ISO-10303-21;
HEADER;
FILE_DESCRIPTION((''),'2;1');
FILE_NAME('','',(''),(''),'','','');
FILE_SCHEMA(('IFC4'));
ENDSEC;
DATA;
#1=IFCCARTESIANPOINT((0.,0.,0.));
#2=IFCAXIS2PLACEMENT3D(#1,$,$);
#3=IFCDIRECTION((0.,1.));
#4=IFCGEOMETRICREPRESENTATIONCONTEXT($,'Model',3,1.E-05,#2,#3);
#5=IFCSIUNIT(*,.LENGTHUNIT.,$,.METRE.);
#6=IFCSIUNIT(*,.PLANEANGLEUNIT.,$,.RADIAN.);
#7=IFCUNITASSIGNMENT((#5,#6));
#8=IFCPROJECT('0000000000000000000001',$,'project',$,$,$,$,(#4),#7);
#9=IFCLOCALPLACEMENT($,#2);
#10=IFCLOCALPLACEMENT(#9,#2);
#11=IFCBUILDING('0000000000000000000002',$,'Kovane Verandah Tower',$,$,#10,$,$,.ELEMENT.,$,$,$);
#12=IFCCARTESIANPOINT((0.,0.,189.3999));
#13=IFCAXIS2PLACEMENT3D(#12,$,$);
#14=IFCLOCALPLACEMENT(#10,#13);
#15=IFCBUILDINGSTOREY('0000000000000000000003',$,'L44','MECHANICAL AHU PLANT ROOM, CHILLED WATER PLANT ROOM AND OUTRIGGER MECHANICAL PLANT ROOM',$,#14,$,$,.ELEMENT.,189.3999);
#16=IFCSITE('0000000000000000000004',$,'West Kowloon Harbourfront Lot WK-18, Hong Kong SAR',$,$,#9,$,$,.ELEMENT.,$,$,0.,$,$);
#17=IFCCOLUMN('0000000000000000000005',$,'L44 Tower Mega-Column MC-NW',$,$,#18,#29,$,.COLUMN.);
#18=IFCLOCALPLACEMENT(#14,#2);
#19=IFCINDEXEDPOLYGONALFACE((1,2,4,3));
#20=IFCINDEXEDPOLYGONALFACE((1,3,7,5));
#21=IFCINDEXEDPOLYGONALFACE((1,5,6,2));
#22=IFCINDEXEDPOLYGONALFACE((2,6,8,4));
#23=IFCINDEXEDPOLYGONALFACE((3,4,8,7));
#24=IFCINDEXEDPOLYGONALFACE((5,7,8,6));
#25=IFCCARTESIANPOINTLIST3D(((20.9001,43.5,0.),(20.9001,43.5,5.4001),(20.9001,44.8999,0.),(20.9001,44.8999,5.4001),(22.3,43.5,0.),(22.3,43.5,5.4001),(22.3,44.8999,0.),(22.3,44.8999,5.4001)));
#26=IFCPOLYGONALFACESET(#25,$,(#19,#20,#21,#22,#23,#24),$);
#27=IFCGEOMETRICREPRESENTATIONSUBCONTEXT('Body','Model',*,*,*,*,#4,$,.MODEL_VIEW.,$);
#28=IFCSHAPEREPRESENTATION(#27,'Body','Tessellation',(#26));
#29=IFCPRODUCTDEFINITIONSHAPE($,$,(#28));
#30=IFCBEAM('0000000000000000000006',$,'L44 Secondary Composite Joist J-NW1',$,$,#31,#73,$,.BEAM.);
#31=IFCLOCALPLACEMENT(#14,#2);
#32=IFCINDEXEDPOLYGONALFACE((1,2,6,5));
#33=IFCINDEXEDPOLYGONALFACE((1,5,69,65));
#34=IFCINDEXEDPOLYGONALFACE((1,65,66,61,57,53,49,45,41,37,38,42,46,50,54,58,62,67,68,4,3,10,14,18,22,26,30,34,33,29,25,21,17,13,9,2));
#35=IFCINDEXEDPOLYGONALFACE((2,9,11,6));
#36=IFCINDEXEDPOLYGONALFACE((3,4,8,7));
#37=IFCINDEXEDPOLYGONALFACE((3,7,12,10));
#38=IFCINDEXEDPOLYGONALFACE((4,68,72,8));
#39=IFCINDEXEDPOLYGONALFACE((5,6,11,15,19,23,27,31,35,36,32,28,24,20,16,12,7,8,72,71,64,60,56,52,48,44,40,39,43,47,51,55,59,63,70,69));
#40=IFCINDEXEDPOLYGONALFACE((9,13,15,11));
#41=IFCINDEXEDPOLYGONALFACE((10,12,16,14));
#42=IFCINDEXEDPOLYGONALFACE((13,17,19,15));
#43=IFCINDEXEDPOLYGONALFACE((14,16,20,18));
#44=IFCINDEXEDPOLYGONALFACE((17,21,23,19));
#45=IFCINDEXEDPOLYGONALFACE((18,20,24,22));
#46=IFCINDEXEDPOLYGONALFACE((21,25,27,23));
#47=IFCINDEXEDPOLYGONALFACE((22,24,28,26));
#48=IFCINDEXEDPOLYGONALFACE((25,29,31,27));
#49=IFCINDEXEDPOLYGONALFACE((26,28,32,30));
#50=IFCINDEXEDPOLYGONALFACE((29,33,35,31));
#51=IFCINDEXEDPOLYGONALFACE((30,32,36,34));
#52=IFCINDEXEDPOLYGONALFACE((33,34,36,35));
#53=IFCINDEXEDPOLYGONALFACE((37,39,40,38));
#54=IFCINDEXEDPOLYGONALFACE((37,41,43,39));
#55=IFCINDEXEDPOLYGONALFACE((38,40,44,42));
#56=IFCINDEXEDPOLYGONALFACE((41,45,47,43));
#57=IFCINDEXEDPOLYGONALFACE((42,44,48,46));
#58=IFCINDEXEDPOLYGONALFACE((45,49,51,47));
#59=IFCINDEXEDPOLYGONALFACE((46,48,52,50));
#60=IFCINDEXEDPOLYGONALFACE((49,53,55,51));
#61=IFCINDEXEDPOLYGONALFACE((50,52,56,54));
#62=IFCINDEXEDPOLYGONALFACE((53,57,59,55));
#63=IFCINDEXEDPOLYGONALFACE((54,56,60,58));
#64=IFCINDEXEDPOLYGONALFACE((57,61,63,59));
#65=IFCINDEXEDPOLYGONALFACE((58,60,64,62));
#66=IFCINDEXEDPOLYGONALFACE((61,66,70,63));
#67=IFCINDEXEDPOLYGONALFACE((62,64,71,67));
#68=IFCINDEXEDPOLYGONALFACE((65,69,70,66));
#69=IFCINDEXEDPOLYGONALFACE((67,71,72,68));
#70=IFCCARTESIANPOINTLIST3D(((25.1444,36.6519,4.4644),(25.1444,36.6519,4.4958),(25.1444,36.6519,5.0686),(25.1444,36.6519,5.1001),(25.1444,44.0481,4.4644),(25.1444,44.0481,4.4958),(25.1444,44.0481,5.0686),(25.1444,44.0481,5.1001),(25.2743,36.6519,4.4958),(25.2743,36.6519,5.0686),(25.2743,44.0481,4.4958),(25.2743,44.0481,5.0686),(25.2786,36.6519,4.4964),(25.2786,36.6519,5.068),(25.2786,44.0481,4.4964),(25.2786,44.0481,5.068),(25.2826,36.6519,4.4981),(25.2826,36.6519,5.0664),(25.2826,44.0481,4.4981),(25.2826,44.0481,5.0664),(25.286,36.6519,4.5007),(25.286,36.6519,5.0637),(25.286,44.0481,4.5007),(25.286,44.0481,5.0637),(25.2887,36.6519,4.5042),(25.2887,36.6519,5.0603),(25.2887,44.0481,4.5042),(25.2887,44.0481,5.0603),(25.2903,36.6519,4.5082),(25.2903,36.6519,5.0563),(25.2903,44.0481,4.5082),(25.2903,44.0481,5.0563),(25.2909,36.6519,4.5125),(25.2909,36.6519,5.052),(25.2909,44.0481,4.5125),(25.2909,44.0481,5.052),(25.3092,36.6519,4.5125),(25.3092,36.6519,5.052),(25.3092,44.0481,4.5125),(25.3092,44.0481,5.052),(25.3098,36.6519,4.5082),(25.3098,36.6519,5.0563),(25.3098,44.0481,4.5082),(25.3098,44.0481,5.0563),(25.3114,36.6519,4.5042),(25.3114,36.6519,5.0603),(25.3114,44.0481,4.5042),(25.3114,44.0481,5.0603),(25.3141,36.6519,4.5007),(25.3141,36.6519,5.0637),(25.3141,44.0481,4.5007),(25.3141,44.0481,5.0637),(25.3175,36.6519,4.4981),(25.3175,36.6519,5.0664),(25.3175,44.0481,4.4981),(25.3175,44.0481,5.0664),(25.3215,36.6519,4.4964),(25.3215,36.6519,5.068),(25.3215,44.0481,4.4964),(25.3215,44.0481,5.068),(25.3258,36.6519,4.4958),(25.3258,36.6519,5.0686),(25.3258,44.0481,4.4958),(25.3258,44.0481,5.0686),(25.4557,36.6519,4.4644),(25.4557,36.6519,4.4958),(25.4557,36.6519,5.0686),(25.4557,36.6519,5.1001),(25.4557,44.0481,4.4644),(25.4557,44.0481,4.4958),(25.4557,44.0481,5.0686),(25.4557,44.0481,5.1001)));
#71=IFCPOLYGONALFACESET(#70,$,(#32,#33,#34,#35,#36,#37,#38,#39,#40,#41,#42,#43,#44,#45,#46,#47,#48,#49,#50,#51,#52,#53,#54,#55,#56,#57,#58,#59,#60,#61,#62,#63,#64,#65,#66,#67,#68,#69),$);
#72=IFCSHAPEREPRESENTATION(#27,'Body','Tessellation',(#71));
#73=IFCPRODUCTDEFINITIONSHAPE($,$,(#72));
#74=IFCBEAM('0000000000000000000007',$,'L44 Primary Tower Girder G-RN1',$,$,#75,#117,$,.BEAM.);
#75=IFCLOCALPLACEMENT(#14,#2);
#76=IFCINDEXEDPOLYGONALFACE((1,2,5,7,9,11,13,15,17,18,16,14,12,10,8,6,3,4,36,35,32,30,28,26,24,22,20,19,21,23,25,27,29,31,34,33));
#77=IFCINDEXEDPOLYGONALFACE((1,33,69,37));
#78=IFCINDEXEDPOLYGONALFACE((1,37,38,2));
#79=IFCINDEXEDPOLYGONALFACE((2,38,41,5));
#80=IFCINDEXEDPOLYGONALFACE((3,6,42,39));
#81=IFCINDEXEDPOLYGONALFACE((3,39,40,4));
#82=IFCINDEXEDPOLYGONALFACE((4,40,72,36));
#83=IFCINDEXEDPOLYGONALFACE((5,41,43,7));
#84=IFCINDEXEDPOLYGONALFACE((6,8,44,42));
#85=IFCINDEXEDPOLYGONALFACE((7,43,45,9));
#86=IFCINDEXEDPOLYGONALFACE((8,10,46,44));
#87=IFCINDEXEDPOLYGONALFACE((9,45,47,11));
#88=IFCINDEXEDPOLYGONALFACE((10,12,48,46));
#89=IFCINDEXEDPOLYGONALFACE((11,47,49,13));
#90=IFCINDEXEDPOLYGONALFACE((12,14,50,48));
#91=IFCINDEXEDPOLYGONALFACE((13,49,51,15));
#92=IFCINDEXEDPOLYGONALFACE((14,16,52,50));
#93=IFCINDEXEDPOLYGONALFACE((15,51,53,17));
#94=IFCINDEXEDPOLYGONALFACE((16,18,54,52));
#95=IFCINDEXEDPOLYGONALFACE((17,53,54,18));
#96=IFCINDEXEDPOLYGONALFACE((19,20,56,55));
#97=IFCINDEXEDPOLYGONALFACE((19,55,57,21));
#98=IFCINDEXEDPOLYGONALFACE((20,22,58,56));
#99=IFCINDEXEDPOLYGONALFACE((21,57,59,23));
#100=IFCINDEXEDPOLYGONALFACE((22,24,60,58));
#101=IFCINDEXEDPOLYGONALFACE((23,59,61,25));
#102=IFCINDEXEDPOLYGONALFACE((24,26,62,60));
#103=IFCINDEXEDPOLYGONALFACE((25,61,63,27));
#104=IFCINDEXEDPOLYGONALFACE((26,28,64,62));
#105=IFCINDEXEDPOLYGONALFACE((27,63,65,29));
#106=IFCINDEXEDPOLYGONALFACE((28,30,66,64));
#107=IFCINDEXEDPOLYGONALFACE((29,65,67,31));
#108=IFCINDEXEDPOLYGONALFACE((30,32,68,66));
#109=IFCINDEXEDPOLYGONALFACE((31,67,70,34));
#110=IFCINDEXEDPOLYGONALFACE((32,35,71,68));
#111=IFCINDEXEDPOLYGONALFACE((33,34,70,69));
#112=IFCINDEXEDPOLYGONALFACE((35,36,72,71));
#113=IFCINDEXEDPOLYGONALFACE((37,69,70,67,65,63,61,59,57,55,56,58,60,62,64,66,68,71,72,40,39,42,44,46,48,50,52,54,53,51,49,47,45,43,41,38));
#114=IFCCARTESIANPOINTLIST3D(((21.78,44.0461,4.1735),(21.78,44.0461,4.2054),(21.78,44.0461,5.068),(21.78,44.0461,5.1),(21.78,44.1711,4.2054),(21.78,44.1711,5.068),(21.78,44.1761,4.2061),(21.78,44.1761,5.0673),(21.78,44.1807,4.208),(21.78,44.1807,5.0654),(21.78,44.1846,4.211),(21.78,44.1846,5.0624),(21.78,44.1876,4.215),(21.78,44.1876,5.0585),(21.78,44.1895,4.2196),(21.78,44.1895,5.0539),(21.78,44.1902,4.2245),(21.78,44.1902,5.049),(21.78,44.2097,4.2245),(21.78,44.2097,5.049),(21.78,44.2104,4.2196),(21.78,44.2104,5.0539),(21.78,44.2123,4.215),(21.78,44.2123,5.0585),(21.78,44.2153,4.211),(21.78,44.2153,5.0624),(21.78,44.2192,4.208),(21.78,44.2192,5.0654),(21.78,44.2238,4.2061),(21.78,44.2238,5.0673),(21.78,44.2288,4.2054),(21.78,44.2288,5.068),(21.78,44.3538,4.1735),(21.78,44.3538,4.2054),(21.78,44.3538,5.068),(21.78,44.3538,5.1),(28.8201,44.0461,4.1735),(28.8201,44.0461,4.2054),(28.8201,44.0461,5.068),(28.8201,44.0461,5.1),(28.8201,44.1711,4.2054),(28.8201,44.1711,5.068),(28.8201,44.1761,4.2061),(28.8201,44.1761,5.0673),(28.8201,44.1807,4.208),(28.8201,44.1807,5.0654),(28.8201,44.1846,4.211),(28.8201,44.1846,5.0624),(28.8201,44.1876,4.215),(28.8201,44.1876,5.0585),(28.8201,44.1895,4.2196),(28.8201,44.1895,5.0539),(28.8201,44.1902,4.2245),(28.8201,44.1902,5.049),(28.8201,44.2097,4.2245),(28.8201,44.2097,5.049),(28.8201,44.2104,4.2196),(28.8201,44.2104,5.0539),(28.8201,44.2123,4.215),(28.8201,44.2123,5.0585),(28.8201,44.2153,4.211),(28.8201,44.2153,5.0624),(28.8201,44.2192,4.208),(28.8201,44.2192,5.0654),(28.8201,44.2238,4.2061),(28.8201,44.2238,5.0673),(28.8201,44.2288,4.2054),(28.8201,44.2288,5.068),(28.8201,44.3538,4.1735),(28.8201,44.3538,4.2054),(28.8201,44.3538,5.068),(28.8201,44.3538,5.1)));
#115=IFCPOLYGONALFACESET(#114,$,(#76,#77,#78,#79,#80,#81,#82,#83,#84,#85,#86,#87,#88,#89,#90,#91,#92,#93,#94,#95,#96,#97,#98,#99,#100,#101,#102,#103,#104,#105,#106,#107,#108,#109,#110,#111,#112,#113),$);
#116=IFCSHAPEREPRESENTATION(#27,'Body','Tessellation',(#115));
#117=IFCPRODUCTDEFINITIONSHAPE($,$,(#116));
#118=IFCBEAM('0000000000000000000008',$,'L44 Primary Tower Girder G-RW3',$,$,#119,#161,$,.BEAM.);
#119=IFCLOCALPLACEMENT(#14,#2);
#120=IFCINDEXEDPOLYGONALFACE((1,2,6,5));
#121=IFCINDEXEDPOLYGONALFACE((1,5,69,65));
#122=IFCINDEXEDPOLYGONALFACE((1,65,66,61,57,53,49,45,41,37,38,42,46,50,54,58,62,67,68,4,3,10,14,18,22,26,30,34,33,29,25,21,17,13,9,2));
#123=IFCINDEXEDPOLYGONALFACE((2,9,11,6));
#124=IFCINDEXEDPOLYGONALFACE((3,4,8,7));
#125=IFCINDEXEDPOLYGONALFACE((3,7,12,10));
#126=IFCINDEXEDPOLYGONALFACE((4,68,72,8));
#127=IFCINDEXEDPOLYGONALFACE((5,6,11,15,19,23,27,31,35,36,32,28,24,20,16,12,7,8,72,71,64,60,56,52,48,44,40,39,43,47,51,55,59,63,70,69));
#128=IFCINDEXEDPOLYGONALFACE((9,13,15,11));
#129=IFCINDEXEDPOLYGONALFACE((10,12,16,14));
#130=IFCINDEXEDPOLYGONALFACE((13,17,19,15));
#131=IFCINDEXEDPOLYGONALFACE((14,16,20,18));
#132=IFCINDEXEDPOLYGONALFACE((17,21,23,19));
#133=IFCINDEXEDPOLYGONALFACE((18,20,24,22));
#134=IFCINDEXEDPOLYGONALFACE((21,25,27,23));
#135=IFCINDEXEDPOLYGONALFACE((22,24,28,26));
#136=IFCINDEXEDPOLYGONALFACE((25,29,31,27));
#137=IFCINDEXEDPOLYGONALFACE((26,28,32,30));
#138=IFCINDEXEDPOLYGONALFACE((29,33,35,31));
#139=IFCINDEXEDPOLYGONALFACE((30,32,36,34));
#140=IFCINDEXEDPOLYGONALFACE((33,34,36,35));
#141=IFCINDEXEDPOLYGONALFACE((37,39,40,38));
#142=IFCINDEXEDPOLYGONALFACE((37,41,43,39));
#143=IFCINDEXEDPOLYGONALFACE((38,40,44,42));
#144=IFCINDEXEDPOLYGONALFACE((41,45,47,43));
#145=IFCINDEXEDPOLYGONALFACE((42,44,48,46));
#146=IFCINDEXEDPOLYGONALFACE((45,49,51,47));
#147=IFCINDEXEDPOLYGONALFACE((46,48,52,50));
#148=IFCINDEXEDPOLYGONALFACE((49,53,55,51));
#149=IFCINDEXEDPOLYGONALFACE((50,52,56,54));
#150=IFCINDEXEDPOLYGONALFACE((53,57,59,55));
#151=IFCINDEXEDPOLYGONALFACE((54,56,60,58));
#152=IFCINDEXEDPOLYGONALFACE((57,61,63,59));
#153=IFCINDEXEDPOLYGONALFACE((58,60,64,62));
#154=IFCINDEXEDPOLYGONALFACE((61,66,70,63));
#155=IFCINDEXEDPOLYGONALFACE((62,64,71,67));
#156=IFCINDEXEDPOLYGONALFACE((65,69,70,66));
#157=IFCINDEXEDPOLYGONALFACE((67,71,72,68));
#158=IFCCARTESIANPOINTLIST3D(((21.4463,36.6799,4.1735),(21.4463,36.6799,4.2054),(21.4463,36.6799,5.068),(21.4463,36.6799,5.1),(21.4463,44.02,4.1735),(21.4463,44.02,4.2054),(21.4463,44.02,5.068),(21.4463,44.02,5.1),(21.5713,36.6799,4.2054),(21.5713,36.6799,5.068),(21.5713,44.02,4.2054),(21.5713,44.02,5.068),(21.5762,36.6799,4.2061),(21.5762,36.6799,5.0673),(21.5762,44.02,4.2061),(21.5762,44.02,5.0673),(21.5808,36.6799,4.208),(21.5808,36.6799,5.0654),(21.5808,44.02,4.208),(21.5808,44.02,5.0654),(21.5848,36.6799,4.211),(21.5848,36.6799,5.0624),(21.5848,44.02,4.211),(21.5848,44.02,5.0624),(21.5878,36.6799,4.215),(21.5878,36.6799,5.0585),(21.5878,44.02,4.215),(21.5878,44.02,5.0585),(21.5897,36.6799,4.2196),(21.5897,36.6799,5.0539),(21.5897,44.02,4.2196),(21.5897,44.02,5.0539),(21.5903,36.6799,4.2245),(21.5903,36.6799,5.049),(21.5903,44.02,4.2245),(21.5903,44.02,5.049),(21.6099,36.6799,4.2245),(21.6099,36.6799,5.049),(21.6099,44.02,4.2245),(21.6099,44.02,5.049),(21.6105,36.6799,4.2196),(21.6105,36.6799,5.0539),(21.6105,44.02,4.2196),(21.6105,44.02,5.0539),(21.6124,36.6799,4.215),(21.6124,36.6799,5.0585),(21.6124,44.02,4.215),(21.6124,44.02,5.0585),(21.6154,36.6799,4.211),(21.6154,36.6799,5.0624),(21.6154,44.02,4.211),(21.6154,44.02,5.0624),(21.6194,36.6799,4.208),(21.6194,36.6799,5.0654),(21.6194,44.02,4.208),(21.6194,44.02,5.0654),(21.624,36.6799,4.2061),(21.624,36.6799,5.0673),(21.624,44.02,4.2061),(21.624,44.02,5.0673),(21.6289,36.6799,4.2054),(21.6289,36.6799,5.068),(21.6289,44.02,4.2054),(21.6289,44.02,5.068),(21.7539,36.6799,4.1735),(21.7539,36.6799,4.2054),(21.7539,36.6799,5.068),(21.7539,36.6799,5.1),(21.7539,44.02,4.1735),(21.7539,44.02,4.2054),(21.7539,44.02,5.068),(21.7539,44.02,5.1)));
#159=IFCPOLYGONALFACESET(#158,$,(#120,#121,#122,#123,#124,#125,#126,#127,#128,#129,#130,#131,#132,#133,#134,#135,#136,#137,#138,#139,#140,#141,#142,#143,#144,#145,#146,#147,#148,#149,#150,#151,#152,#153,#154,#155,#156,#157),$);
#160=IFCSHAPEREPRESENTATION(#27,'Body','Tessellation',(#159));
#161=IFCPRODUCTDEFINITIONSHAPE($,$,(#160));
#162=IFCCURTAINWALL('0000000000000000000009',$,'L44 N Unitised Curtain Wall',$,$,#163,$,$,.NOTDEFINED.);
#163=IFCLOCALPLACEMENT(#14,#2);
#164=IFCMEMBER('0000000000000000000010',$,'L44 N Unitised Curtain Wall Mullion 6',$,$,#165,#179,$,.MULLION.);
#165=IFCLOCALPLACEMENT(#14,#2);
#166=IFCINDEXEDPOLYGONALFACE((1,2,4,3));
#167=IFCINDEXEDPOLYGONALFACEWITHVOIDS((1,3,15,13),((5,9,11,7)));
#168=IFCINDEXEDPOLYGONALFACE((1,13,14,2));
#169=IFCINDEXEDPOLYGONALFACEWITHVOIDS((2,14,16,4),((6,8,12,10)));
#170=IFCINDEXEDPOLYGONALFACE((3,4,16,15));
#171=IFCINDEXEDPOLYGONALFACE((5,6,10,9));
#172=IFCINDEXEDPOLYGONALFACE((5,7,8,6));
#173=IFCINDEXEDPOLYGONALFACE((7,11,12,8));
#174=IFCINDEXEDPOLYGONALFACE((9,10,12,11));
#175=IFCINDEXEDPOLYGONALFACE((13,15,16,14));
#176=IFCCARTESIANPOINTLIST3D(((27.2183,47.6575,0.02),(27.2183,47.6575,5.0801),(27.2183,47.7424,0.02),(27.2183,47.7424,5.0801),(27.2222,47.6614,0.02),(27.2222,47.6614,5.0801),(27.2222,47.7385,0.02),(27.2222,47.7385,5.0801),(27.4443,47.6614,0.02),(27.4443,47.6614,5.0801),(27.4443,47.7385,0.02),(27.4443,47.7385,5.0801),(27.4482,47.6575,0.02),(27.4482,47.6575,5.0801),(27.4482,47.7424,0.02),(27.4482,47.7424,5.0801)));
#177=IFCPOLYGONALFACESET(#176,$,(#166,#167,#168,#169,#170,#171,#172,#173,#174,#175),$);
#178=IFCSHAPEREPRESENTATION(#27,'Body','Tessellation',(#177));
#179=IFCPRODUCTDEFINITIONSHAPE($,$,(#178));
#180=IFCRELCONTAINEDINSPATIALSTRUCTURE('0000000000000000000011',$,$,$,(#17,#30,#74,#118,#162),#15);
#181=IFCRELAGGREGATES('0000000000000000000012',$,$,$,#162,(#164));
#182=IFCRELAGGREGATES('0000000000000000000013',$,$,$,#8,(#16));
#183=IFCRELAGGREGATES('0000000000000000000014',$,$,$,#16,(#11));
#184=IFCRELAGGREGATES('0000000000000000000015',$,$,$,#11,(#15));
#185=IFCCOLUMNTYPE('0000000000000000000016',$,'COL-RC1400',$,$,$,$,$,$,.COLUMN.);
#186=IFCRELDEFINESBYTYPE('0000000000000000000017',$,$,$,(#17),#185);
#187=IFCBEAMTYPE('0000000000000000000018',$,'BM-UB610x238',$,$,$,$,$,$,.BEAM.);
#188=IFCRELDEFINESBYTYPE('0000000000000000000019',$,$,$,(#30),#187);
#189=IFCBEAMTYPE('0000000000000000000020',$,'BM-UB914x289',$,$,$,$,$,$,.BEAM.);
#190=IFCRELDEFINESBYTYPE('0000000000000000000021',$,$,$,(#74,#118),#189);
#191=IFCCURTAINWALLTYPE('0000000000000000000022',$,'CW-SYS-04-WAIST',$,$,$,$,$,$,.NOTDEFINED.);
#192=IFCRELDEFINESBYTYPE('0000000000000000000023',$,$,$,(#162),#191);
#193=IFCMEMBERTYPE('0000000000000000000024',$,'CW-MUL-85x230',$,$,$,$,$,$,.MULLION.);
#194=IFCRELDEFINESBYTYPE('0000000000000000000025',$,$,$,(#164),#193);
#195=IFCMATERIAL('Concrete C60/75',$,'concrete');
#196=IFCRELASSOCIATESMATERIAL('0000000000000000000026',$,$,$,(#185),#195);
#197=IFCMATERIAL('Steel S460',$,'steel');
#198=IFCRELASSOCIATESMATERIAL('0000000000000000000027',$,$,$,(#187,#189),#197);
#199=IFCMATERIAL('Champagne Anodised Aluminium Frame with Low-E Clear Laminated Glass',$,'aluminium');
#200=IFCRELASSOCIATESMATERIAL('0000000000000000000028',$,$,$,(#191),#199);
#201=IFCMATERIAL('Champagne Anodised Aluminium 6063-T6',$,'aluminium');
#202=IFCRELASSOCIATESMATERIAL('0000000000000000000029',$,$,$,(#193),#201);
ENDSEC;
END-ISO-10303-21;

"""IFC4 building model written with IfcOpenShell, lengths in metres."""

from ifc_helpers import new_model, si_unit, direction, frame, origin, origin_2d, place, context, subcontext, project, spatial, rectangle, hollow_rectangle, i_section, extrude, material, material_profile, profile_set, type_object, element, aggregate, save


model = new_model("IFC4")

# Units and contexts
model_context = context("Model", 3, precision=1e-05, world=origin(), true_north=direction((0.0, 1.0)))
body_context = subcontext(model_context, "Body", "Model", "MODEL_VIEW")
ifc_project = project(units=[si_unit("LENGTHUNIT", "METRE"), si_unit("PLANEANGLEUNIT", "RADIAN")], contexts=[model_context])

# Site, building, storey
site_placement = place(None, origin())
site = spatial("IfcSite", under=ifc_project, at=site_placement, Name="West Kowloon Harbourfront Lot WK-18, Hong Kong SAR", CompositionType="ELEMENT", RefElevation=0.0)
building_placement = place(site_placement, origin())
building = spatial("IfcBuilding", under=site, at=building_placement, Name="Kovane Verandah Tower", CompositionType="ELEMENT")
storey_placement = place(building_placement, frame((0.0, 0.0, 189.3999)))
storey = spatial("IfcBuildingStorey", under=building, at=storey_placement, Name="L44", Description="MECHANICAL AHU PLANT ROOM, CHILLED WATER PLANT ROOM AND OUTRIGGER MECHANICAL PLANT ROOM", CompositionType="ELEMENT", Elevation=189.3999)

# Column
ifc_material_1 = material(Name="Concrete C60/75", Category="concrete")
ifc_material_profile_1 = material_profile(ifc_material_1, rectangle(XDim=1.3999, YDim=1.3999, at=origin_2d()), Name="RC1400x1400")
ifc_profile_set_1 = profile_set([ifc_material_profile_1], Name="Concrete C60/75")
column_type = type_object("IfcColumnType", Name="COL-RC1400", PredefinedType="COLUMN", material=ifc_profile_set_1)
column_placement = place(storey_placement, frame((21.6001, 44.2, 0.0), z_axis=(0.0, 0.0, 1.0), x_axis=(1.0, 0.0, 0.0)))
element("IfcColumn", 1, at=column_placement, inside=storey, type_object=column_type, Name="L44 Tower Mega-Column MC-NW", PredefinedType="COLUMN", context=body_context, shape_type="SweptSolid", body=[
    extrude(rectangle(XDim=1.3999, YDim=1.3999, at=origin_2d()), origin(), (0.0, 0.0, 1.0), 5.4001),
])

# Beams
ifc_material_2 = material(Name="Steel S460", Category="steel")
ifc_material_profile_2 = material_profile(ifc_material_2, i_section(OverallWidth=0.3113, OverallDepth=0.6357, WebThickness=0.0183, FlangeThickness=0.0315, FilletRadius=0.0166, at=origin_2d()), Name="UB610x305x238")
ifc_profile_set_2 = profile_set([ifc_material_profile_2], Name="Steel S460")
beam_type_1 = type_object("IfcBeamType", Name="BM-UB610x238", PredefinedType="BEAM", material=ifc_profile_set_2)
beam_1_placement = place(storey_placement, frame((25.3, 36.6519, 4.7822), z_axis=(0.0, 1.0, 0.0), x_axis=(-1.0, 0.0, 0.0)))
element("IfcBeam", 2, at=beam_1_placement, inside=storey, type_object=beam_type_1, Name="L44 Secondary Composite Joist J-NW1", PredefinedType="BEAM", context=body_context, shape_type="SweptSolid", body=[
    extrude(i_section(OverallWidth=0.3113, OverallDepth=0.6357, WebThickness=0.0183, FlangeThickness=0.0315, FilletRadius=0.0166, at=origin_2d()), origin(), (0.0, 0.0, 1.0), 7.3962),
])
ifc_material_profile_3 = material_profile(ifc_material_2, i_section(OverallWidth=0.3076, OverallDepth=0.9265, WebThickness=0.0195, FlangeThickness=0.032, FilletRadius=0.019, at=origin_2d()), Name="UB914x305x289")
ifc_profile_set_3 = profile_set([ifc_material_profile_3], Name="Steel S460")
beam_type_2 = type_object("IfcBeamType", Name="BM-UB914x289", PredefinedType="BEAM", material=ifc_profile_set_3)
beam_2_placement = place(storey_placement, frame((21.78, 44.2, 4.6367), z_axis=(1.0, 0.0, 0.0), x_axis=(0.0, 1.0, 0.0)))
element("IfcBeam", 3, at=beam_2_placement, inside=storey, type_object=beam_type_2, Name="L44 Primary Tower Girder G-RN1", PredefinedType="BEAM", context=body_context, shape_type="SweptSolid", body=[
    extrude(i_section(OverallWidth=0.3076, OverallDepth=0.9265, WebThickness=0.0195, FlangeThickness=0.032, FilletRadius=0.019, at=origin_2d()), origin(), (0.0, 0.0, 1.0), 7.04),
])
beam_3_placement = place(storey_placement, frame((21.6001, 36.6799, 4.6367), z_axis=(0.0, 1.0, 0.0), x_axis=(-1.0, 0.0, 0.0)))
element("IfcBeam", 4, at=beam_3_placement, inside=storey, type_object=beam_type_2, Name="L44 Primary Tower Girder G-RW3", PredefinedType="BEAM", context=body_context, shape_type="SweptSolid", body=[
    extrude(i_section(OverallWidth=0.3076, OverallDepth=0.9265, WebThickness=0.0195, FlangeThickness=0.032, FilletRadius=0.019, at=origin_2d()), origin(), (0.0, 0.0, 1.0), 7.3401),
])

# Curtain wall, member
ifc_material_3 = material(Name="Champagne Anodised Aluminium Frame with Low-E Clear Laminated Glass", Category="aluminium")
curtain_wall_type = type_object("IfcCurtainWallType", Name="CW-SYS-04-WAIST", PredefinedType="NOTDEFINED", material=ifc_material_3)
curtain_wall_1_placement = place(storey_placement, origin())
curtain_wall_1 = element("IfcCurtainWall", 5, at=curtain_wall_1_placement, inside=storey, type_object=curtain_wall_type, Name="L44 N Unitised Curtain Wall", PredefinedType="NOTDEFINED")
ifc_material_4 = material(Name="Champagne Anodised Aluminium 6063-T6", Category="aluminium")
ifc_material_profile_4 = material_profile(ifc_material_4, hollow_rectangle(XDim=0.085, YDim=0.23, WallThickness=0.0039, at=origin_2d()), Name="AL85x230x4")
ifc_profile_set_4 = profile_set([ifc_material_profile_4], Name="Champagne Anodised Aluminium 6063-T6")
member_type_1 = type_object("IfcMemberType", Name="CW-MUL-85x230", PredefinedType="MULLION", material=ifc_profile_set_4)
member_1_placement = place(storey_placement, frame((27.3333, 47.7, 0.02), z_axis=(0.0, 0.0, 1.0), x_axis=(0.0, 1.0, 0.0)))
member_1 = element("IfcMember", 6, at=member_1_placement, type_object=member_type_1, Name="L44 N Unitised Curtain Wall Mullion 6", PredefinedType="MULLION", context=body_context, shape_type="SweptSolid", body=[
    extrude(hollow_rectangle(XDim=0.085, YDim=0.23, WallThickness=0.0039, at=origin_2d()), origin(), (0.0, 0.0, 1.0), 5.0601),
])

aggregate(curtain_wall_1, [member_1])

save(model, "model.ifc")
